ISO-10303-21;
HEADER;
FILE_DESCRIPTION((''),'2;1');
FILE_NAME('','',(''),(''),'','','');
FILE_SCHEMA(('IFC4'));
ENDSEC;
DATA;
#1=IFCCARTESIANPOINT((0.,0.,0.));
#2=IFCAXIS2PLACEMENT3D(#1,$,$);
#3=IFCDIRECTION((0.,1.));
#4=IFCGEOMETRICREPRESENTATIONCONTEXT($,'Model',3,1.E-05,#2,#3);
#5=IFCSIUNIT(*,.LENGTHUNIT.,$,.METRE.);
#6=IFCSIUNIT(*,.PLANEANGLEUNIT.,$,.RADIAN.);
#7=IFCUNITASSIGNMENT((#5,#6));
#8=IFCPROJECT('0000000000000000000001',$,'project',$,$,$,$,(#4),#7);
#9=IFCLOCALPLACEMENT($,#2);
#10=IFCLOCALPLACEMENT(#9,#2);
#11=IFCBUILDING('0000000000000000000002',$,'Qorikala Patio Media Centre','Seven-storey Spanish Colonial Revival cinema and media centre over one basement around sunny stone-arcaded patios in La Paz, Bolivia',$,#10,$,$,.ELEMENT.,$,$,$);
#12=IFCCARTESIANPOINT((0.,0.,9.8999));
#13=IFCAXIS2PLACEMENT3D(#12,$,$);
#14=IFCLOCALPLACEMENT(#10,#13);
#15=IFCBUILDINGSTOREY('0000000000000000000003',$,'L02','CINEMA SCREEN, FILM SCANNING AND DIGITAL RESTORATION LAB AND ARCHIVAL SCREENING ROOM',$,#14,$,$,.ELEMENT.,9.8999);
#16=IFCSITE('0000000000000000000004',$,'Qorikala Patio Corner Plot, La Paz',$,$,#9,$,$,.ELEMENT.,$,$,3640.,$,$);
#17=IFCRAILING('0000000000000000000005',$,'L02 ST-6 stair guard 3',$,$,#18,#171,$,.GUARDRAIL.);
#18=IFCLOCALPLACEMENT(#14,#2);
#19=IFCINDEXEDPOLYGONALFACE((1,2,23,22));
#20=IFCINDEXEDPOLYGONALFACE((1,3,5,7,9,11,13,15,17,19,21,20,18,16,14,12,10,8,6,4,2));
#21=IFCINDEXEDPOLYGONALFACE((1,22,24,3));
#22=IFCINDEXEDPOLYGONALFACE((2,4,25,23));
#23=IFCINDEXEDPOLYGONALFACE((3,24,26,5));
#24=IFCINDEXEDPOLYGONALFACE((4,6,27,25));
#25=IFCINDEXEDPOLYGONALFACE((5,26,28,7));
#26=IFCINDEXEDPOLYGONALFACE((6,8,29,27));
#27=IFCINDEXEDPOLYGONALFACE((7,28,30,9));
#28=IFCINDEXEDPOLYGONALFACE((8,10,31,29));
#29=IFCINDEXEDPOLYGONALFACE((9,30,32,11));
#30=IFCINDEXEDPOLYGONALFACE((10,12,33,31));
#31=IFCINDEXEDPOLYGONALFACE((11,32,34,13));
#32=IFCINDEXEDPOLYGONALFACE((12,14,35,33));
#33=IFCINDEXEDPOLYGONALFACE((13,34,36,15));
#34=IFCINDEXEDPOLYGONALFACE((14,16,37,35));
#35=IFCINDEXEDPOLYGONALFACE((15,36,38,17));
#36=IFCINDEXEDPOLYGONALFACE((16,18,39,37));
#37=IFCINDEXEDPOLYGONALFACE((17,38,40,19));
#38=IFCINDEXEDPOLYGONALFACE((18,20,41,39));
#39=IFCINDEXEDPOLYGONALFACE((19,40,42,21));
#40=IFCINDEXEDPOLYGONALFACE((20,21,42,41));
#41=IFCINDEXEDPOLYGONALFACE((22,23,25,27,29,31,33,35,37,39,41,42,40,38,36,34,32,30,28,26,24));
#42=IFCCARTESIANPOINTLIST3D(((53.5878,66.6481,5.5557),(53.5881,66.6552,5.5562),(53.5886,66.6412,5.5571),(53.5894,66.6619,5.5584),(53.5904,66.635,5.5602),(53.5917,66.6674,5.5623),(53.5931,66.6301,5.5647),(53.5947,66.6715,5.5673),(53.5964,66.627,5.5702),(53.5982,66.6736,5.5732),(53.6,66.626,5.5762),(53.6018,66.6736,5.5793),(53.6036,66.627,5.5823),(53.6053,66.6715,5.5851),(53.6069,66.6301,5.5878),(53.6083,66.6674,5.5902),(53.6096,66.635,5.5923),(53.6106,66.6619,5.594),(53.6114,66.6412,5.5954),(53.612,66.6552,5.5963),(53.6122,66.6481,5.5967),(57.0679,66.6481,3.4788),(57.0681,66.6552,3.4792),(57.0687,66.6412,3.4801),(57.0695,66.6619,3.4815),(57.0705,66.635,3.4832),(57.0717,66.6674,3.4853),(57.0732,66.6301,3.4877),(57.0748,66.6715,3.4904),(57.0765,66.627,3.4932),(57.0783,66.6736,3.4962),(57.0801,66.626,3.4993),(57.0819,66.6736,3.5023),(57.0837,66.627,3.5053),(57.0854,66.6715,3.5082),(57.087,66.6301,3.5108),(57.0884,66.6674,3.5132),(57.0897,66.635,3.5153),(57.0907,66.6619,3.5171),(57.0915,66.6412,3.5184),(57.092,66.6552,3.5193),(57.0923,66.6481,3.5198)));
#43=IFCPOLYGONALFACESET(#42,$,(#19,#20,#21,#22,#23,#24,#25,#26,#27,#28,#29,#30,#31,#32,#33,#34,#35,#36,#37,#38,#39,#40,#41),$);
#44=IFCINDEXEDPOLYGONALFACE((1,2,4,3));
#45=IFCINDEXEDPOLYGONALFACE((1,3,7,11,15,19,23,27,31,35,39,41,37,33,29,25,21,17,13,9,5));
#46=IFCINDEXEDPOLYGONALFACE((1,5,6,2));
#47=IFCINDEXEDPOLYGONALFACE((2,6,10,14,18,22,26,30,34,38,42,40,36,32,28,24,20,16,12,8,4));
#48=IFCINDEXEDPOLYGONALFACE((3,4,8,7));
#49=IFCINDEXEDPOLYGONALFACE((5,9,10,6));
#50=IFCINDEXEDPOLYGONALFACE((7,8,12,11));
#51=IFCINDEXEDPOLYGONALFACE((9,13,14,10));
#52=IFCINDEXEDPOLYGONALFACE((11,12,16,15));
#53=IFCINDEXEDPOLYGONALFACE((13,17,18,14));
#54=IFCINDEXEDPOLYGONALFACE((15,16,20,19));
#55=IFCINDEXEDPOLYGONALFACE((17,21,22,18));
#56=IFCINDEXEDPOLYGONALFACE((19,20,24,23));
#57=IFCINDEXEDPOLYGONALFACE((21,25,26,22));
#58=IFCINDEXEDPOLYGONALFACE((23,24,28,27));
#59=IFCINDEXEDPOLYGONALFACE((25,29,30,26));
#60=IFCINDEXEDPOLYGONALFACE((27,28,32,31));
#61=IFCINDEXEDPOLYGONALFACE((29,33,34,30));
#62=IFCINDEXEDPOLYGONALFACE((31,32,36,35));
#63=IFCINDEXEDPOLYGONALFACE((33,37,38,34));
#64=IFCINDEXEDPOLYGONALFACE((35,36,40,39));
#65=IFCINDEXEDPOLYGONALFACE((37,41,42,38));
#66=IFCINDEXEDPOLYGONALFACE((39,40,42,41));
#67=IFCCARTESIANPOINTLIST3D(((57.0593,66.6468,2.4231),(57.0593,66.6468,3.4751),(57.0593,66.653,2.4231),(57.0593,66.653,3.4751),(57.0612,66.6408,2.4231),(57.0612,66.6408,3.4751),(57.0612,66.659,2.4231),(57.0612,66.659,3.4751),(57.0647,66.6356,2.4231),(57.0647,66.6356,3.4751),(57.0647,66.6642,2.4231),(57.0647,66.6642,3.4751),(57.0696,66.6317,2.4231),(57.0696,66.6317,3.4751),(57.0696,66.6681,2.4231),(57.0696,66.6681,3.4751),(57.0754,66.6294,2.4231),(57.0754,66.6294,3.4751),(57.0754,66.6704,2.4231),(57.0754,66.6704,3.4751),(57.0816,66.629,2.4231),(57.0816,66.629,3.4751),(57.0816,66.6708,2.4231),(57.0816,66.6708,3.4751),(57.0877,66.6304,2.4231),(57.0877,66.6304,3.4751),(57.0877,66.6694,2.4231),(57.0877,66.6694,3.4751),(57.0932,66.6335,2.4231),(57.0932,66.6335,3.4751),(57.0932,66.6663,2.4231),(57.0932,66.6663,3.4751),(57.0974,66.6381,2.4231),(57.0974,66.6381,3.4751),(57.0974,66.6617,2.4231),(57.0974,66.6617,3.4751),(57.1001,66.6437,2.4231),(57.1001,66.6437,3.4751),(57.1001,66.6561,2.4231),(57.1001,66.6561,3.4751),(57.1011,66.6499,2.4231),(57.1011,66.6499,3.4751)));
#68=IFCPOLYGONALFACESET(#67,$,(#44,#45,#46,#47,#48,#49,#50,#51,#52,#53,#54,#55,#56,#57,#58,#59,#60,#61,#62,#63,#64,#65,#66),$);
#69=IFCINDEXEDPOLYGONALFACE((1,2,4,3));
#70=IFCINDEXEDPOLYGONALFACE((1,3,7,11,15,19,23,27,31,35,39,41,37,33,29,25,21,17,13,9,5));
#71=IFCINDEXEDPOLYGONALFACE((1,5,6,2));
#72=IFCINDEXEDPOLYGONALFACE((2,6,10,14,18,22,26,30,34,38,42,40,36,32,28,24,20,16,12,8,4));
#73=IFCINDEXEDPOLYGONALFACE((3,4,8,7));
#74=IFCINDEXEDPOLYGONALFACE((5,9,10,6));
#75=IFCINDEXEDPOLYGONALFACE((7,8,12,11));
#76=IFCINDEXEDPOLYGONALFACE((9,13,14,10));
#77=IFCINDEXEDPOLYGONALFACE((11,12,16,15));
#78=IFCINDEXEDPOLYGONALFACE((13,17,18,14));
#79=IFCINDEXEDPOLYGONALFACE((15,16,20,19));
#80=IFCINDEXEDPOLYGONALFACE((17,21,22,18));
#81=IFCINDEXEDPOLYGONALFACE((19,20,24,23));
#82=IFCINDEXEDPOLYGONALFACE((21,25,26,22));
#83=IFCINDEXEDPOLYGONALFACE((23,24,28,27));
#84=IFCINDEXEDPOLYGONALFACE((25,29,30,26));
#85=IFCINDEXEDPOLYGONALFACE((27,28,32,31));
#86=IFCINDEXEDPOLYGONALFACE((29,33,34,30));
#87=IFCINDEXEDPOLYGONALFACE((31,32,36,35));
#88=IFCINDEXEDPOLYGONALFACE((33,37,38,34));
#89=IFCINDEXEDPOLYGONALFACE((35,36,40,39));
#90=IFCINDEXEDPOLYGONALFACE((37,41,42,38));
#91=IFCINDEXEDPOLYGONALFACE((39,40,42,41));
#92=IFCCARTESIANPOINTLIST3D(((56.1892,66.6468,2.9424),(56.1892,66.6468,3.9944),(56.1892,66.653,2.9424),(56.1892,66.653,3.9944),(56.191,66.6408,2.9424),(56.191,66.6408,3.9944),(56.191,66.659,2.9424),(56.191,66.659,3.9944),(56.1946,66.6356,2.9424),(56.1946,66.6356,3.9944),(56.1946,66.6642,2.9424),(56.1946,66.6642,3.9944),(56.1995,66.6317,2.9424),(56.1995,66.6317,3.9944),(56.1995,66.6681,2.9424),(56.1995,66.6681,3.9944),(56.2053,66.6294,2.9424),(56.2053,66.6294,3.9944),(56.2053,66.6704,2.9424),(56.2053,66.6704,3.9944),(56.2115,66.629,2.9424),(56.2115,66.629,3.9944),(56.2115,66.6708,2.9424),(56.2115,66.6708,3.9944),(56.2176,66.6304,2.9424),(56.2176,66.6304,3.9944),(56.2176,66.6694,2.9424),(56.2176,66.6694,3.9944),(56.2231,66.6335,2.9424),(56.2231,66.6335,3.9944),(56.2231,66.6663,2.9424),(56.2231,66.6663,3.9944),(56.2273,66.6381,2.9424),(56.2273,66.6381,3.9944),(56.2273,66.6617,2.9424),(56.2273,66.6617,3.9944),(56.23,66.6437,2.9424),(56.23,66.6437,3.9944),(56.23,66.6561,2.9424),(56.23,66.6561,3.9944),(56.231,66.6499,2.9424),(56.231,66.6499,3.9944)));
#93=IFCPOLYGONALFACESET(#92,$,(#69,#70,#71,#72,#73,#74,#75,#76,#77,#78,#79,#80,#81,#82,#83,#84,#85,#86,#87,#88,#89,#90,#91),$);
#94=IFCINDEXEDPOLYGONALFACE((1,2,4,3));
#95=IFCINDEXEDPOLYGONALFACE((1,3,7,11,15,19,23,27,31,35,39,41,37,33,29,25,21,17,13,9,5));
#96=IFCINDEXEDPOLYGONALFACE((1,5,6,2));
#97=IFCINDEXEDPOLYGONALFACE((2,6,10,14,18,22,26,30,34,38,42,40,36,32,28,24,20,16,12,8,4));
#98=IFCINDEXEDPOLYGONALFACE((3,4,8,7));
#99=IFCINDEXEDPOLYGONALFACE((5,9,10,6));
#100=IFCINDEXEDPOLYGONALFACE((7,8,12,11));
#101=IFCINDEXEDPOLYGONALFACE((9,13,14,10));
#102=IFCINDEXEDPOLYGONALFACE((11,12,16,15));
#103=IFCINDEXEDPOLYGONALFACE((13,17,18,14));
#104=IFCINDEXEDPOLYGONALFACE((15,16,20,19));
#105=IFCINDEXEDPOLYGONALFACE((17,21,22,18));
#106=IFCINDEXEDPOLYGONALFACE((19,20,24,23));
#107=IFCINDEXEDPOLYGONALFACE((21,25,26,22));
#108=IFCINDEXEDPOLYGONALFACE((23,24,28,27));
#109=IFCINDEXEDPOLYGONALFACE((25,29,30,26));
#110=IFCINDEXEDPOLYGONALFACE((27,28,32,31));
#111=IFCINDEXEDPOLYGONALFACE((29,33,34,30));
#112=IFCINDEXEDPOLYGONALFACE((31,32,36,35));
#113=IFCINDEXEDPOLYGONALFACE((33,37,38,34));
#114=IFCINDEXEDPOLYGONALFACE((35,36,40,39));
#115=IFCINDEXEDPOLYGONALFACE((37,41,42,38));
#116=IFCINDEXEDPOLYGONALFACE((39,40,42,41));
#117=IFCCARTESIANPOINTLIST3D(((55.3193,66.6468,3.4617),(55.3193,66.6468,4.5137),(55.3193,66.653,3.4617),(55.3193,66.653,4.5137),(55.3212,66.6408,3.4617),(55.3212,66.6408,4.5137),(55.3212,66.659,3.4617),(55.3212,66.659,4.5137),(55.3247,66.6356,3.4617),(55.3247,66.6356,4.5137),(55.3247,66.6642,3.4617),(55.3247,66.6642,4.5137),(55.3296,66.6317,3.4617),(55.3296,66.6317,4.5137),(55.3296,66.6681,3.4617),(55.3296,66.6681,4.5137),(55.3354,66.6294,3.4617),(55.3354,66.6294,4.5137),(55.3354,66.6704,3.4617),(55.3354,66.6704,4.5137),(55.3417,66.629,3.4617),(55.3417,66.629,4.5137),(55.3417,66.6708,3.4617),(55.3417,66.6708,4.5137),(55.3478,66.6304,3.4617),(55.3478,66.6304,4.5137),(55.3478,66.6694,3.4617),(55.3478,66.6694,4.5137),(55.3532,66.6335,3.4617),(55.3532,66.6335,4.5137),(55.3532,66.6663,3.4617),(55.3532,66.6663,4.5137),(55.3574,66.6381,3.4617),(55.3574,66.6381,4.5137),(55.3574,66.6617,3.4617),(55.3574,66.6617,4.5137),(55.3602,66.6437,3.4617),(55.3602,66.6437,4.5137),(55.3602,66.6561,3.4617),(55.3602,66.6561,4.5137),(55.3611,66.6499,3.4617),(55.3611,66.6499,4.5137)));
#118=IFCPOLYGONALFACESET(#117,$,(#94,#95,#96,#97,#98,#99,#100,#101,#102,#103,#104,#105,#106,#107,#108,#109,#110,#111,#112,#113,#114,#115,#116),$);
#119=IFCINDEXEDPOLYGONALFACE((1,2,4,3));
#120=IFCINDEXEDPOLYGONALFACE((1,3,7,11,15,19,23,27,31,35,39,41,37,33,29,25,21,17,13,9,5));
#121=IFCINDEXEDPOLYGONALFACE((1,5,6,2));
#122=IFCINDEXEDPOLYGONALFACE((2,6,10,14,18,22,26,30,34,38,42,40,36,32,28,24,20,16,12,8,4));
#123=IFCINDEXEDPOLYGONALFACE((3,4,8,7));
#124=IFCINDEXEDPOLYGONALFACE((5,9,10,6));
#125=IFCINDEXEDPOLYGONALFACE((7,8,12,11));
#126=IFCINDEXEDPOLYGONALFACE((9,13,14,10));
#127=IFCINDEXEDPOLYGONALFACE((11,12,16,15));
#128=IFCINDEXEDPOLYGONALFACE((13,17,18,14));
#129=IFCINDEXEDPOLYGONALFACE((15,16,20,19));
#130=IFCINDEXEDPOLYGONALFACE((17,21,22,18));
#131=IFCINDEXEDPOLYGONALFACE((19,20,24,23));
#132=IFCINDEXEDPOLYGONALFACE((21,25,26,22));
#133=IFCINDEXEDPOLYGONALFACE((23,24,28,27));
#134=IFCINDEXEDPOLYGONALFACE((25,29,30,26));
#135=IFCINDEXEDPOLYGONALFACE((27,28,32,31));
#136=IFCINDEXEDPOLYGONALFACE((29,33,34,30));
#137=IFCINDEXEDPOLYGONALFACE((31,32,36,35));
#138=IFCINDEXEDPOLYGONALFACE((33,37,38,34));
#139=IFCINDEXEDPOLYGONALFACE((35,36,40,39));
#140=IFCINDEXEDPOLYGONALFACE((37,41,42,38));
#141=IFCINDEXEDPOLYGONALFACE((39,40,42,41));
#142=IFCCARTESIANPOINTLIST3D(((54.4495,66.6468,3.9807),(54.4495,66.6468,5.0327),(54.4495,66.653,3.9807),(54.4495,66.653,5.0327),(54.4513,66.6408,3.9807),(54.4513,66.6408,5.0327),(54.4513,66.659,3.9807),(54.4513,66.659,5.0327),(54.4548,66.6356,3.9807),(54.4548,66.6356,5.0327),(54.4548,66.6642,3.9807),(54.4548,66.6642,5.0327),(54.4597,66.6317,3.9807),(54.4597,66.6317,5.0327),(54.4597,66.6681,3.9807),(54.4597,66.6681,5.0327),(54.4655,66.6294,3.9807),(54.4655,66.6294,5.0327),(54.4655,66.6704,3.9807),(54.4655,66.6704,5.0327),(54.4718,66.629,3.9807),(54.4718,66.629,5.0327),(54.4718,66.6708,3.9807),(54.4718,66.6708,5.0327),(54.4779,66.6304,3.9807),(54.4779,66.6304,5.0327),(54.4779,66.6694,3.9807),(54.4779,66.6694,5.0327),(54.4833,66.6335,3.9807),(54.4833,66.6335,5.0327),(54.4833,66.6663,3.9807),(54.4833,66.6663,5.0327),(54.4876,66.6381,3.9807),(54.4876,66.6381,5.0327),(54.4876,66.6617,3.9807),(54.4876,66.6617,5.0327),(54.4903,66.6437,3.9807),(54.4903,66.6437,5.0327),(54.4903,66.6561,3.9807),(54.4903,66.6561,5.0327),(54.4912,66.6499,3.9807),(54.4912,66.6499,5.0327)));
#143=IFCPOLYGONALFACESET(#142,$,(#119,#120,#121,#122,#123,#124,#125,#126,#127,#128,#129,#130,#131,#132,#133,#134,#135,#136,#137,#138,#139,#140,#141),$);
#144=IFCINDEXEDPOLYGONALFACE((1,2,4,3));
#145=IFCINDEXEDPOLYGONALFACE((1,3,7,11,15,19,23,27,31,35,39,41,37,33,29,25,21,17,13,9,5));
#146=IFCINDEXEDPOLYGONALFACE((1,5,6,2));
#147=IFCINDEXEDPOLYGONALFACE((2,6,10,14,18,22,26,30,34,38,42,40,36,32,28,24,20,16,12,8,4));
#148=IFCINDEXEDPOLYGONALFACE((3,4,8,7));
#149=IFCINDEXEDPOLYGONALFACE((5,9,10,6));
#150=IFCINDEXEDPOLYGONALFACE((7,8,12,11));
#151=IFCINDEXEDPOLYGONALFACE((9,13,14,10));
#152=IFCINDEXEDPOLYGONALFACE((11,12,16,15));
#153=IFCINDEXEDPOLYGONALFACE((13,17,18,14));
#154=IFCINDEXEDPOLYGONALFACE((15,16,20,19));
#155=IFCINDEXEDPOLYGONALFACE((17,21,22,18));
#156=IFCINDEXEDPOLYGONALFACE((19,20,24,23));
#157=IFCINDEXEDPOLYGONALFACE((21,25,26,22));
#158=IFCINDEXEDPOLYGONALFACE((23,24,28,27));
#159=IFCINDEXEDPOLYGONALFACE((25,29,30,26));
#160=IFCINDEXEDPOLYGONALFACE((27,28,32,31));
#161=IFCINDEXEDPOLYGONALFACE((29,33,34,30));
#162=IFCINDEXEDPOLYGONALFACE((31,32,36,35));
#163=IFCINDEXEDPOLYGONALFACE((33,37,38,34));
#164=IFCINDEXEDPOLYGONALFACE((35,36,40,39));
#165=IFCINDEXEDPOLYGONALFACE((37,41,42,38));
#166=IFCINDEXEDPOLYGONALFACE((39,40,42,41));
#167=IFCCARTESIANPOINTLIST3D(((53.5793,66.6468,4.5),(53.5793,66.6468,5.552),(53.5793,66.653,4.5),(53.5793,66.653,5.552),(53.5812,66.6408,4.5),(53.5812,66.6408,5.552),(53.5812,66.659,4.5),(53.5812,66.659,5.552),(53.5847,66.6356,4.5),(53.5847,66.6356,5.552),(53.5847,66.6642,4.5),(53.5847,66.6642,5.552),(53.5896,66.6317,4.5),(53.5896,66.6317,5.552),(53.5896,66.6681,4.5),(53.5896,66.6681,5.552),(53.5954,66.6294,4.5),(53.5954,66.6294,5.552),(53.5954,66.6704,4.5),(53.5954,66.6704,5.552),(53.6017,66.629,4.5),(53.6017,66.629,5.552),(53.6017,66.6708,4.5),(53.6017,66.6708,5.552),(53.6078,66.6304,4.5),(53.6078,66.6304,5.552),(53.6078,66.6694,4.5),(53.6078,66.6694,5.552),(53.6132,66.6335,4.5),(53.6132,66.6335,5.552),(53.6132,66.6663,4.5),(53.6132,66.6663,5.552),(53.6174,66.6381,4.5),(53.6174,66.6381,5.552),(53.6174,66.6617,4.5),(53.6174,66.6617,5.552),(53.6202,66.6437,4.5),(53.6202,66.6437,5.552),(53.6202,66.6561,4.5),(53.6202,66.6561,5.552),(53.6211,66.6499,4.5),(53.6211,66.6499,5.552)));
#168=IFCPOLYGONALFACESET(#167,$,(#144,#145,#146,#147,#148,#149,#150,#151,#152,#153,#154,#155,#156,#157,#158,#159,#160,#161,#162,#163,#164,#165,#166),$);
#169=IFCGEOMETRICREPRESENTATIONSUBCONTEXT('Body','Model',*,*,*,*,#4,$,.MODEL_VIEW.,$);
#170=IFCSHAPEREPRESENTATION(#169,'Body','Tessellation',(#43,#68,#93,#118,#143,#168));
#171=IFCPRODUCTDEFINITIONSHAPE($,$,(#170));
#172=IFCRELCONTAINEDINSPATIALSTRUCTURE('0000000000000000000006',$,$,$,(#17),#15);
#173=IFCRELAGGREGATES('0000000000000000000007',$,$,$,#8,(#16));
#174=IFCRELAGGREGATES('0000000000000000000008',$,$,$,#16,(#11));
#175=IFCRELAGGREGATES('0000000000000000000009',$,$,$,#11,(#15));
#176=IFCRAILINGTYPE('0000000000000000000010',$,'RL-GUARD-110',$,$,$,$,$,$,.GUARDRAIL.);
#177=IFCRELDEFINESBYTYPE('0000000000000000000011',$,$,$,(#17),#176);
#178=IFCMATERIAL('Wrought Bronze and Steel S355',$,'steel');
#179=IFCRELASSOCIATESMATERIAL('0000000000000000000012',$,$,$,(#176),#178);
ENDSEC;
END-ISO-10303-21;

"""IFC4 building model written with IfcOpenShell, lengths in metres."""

from ifc_helpers import new_model, si_unit, direction, frame, origin, origin_2d, place, context, subcontext, project, spatial, circle, extrude, material, type_object, element, save


model = new_model("IFC4")

# Units and contexts
model_context = context("Model", 3, precision=1e-05, world=origin(), true_north=direction((0.0, 1.0)))
body_context = subcontext(model_context, "Body", "Model", "MODEL_VIEW")
ifc_project = project(units=[si_unit("LENGTHUNIT", "METRE"), si_unit("PLANEANGLEUNIT", "RADIAN")], contexts=[model_context])

# Site, building, storey
site_placement = place(None, origin())
site = spatial("IfcSite", under=ifc_project, at=site_placement, Name="Qorikala Patio Corner Plot, La Paz", CompositionType="ELEMENT", RefElevation=3640.0)
building_placement = place(site_placement, origin())
building = spatial("IfcBuilding", under=site, at=building_placement, Name="Qorikala Patio Media Centre", Description="Seven-storey Spanish Colonial Revival cinema and media centre over one basement around sunny stone-arcaded patios in La Paz, Bolivia", CompositionType="ELEMENT")
storey_placement = place(building_placement, frame((0.0, 0.0, 9.8999)))
storey = spatial("IfcBuildingStorey", under=building, at=storey_placement, Name="L02", Description="CINEMA SCREEN, FILM SCANNING AND DIGITAL RESTORATION LAB AND ARCHIVAL SCREENING ROOM", CompositionType="ELEMENT", Elevation=9.8999)

# Railing
ifc_material_1 = material(Name="Wrought Bronze and Steel S355", Category="steel")
railing_type_1 = type_object("IfcRailingType", Name="RL-GUARD-110", PredefinedType="GUARDRAIL", material=ifc_material_1)
railing_1_placement = place(storey_placement, frame((57.0801, 66.6499, 2.4231)))
element("IfcRailing", 1, at=railing_1_placement, inside=storey, type_object=railing_type_1, Name="L02 ST-6 stair guard 3", PredefinedType="GUARDRAIL", context=body_context, shape_type="SweptSolid", body=[
    extrude(circle(Radius=0.0239, at=origin_2d()), frame((0.0, 0.0, 1.0762), z_axis=(-0.858697, 0.0, 0.512483), x_axis=(0.0, -1.0, 0.0)), (0.0, 0.0, 1.0), 4.0527),
    extrude(circle(Radius=0.021, at=origin_2d()), origin(), (0.0, 0.0, 1.0), 1.052),
    extrude(circle(Radius=0.021, at=origin_2d()), frame((-0.8701, 0.0, 0.5193)), (0.0, 0.0, 1.0), 1.052),
    extrude(circle(Radius=0.021, at=origin_2d()), frame((-1.74, 0.0, 1.0386)), (0.0, 0.0, 1.0), 1.052),
    extrude(circle(Radius=0.021, at=origin_2d()), frame((-2.6099, 0.0, 1.5576)), (0.0, 0.0, 1.0), 1.052),
    extrude(circle(Radius=0.021, at=origin_2d()), frame((-3.48, 0.0, 2.0769)), (0.0, 0.0, 1.0), 1.052),
])

save(model, "model.ifc")
